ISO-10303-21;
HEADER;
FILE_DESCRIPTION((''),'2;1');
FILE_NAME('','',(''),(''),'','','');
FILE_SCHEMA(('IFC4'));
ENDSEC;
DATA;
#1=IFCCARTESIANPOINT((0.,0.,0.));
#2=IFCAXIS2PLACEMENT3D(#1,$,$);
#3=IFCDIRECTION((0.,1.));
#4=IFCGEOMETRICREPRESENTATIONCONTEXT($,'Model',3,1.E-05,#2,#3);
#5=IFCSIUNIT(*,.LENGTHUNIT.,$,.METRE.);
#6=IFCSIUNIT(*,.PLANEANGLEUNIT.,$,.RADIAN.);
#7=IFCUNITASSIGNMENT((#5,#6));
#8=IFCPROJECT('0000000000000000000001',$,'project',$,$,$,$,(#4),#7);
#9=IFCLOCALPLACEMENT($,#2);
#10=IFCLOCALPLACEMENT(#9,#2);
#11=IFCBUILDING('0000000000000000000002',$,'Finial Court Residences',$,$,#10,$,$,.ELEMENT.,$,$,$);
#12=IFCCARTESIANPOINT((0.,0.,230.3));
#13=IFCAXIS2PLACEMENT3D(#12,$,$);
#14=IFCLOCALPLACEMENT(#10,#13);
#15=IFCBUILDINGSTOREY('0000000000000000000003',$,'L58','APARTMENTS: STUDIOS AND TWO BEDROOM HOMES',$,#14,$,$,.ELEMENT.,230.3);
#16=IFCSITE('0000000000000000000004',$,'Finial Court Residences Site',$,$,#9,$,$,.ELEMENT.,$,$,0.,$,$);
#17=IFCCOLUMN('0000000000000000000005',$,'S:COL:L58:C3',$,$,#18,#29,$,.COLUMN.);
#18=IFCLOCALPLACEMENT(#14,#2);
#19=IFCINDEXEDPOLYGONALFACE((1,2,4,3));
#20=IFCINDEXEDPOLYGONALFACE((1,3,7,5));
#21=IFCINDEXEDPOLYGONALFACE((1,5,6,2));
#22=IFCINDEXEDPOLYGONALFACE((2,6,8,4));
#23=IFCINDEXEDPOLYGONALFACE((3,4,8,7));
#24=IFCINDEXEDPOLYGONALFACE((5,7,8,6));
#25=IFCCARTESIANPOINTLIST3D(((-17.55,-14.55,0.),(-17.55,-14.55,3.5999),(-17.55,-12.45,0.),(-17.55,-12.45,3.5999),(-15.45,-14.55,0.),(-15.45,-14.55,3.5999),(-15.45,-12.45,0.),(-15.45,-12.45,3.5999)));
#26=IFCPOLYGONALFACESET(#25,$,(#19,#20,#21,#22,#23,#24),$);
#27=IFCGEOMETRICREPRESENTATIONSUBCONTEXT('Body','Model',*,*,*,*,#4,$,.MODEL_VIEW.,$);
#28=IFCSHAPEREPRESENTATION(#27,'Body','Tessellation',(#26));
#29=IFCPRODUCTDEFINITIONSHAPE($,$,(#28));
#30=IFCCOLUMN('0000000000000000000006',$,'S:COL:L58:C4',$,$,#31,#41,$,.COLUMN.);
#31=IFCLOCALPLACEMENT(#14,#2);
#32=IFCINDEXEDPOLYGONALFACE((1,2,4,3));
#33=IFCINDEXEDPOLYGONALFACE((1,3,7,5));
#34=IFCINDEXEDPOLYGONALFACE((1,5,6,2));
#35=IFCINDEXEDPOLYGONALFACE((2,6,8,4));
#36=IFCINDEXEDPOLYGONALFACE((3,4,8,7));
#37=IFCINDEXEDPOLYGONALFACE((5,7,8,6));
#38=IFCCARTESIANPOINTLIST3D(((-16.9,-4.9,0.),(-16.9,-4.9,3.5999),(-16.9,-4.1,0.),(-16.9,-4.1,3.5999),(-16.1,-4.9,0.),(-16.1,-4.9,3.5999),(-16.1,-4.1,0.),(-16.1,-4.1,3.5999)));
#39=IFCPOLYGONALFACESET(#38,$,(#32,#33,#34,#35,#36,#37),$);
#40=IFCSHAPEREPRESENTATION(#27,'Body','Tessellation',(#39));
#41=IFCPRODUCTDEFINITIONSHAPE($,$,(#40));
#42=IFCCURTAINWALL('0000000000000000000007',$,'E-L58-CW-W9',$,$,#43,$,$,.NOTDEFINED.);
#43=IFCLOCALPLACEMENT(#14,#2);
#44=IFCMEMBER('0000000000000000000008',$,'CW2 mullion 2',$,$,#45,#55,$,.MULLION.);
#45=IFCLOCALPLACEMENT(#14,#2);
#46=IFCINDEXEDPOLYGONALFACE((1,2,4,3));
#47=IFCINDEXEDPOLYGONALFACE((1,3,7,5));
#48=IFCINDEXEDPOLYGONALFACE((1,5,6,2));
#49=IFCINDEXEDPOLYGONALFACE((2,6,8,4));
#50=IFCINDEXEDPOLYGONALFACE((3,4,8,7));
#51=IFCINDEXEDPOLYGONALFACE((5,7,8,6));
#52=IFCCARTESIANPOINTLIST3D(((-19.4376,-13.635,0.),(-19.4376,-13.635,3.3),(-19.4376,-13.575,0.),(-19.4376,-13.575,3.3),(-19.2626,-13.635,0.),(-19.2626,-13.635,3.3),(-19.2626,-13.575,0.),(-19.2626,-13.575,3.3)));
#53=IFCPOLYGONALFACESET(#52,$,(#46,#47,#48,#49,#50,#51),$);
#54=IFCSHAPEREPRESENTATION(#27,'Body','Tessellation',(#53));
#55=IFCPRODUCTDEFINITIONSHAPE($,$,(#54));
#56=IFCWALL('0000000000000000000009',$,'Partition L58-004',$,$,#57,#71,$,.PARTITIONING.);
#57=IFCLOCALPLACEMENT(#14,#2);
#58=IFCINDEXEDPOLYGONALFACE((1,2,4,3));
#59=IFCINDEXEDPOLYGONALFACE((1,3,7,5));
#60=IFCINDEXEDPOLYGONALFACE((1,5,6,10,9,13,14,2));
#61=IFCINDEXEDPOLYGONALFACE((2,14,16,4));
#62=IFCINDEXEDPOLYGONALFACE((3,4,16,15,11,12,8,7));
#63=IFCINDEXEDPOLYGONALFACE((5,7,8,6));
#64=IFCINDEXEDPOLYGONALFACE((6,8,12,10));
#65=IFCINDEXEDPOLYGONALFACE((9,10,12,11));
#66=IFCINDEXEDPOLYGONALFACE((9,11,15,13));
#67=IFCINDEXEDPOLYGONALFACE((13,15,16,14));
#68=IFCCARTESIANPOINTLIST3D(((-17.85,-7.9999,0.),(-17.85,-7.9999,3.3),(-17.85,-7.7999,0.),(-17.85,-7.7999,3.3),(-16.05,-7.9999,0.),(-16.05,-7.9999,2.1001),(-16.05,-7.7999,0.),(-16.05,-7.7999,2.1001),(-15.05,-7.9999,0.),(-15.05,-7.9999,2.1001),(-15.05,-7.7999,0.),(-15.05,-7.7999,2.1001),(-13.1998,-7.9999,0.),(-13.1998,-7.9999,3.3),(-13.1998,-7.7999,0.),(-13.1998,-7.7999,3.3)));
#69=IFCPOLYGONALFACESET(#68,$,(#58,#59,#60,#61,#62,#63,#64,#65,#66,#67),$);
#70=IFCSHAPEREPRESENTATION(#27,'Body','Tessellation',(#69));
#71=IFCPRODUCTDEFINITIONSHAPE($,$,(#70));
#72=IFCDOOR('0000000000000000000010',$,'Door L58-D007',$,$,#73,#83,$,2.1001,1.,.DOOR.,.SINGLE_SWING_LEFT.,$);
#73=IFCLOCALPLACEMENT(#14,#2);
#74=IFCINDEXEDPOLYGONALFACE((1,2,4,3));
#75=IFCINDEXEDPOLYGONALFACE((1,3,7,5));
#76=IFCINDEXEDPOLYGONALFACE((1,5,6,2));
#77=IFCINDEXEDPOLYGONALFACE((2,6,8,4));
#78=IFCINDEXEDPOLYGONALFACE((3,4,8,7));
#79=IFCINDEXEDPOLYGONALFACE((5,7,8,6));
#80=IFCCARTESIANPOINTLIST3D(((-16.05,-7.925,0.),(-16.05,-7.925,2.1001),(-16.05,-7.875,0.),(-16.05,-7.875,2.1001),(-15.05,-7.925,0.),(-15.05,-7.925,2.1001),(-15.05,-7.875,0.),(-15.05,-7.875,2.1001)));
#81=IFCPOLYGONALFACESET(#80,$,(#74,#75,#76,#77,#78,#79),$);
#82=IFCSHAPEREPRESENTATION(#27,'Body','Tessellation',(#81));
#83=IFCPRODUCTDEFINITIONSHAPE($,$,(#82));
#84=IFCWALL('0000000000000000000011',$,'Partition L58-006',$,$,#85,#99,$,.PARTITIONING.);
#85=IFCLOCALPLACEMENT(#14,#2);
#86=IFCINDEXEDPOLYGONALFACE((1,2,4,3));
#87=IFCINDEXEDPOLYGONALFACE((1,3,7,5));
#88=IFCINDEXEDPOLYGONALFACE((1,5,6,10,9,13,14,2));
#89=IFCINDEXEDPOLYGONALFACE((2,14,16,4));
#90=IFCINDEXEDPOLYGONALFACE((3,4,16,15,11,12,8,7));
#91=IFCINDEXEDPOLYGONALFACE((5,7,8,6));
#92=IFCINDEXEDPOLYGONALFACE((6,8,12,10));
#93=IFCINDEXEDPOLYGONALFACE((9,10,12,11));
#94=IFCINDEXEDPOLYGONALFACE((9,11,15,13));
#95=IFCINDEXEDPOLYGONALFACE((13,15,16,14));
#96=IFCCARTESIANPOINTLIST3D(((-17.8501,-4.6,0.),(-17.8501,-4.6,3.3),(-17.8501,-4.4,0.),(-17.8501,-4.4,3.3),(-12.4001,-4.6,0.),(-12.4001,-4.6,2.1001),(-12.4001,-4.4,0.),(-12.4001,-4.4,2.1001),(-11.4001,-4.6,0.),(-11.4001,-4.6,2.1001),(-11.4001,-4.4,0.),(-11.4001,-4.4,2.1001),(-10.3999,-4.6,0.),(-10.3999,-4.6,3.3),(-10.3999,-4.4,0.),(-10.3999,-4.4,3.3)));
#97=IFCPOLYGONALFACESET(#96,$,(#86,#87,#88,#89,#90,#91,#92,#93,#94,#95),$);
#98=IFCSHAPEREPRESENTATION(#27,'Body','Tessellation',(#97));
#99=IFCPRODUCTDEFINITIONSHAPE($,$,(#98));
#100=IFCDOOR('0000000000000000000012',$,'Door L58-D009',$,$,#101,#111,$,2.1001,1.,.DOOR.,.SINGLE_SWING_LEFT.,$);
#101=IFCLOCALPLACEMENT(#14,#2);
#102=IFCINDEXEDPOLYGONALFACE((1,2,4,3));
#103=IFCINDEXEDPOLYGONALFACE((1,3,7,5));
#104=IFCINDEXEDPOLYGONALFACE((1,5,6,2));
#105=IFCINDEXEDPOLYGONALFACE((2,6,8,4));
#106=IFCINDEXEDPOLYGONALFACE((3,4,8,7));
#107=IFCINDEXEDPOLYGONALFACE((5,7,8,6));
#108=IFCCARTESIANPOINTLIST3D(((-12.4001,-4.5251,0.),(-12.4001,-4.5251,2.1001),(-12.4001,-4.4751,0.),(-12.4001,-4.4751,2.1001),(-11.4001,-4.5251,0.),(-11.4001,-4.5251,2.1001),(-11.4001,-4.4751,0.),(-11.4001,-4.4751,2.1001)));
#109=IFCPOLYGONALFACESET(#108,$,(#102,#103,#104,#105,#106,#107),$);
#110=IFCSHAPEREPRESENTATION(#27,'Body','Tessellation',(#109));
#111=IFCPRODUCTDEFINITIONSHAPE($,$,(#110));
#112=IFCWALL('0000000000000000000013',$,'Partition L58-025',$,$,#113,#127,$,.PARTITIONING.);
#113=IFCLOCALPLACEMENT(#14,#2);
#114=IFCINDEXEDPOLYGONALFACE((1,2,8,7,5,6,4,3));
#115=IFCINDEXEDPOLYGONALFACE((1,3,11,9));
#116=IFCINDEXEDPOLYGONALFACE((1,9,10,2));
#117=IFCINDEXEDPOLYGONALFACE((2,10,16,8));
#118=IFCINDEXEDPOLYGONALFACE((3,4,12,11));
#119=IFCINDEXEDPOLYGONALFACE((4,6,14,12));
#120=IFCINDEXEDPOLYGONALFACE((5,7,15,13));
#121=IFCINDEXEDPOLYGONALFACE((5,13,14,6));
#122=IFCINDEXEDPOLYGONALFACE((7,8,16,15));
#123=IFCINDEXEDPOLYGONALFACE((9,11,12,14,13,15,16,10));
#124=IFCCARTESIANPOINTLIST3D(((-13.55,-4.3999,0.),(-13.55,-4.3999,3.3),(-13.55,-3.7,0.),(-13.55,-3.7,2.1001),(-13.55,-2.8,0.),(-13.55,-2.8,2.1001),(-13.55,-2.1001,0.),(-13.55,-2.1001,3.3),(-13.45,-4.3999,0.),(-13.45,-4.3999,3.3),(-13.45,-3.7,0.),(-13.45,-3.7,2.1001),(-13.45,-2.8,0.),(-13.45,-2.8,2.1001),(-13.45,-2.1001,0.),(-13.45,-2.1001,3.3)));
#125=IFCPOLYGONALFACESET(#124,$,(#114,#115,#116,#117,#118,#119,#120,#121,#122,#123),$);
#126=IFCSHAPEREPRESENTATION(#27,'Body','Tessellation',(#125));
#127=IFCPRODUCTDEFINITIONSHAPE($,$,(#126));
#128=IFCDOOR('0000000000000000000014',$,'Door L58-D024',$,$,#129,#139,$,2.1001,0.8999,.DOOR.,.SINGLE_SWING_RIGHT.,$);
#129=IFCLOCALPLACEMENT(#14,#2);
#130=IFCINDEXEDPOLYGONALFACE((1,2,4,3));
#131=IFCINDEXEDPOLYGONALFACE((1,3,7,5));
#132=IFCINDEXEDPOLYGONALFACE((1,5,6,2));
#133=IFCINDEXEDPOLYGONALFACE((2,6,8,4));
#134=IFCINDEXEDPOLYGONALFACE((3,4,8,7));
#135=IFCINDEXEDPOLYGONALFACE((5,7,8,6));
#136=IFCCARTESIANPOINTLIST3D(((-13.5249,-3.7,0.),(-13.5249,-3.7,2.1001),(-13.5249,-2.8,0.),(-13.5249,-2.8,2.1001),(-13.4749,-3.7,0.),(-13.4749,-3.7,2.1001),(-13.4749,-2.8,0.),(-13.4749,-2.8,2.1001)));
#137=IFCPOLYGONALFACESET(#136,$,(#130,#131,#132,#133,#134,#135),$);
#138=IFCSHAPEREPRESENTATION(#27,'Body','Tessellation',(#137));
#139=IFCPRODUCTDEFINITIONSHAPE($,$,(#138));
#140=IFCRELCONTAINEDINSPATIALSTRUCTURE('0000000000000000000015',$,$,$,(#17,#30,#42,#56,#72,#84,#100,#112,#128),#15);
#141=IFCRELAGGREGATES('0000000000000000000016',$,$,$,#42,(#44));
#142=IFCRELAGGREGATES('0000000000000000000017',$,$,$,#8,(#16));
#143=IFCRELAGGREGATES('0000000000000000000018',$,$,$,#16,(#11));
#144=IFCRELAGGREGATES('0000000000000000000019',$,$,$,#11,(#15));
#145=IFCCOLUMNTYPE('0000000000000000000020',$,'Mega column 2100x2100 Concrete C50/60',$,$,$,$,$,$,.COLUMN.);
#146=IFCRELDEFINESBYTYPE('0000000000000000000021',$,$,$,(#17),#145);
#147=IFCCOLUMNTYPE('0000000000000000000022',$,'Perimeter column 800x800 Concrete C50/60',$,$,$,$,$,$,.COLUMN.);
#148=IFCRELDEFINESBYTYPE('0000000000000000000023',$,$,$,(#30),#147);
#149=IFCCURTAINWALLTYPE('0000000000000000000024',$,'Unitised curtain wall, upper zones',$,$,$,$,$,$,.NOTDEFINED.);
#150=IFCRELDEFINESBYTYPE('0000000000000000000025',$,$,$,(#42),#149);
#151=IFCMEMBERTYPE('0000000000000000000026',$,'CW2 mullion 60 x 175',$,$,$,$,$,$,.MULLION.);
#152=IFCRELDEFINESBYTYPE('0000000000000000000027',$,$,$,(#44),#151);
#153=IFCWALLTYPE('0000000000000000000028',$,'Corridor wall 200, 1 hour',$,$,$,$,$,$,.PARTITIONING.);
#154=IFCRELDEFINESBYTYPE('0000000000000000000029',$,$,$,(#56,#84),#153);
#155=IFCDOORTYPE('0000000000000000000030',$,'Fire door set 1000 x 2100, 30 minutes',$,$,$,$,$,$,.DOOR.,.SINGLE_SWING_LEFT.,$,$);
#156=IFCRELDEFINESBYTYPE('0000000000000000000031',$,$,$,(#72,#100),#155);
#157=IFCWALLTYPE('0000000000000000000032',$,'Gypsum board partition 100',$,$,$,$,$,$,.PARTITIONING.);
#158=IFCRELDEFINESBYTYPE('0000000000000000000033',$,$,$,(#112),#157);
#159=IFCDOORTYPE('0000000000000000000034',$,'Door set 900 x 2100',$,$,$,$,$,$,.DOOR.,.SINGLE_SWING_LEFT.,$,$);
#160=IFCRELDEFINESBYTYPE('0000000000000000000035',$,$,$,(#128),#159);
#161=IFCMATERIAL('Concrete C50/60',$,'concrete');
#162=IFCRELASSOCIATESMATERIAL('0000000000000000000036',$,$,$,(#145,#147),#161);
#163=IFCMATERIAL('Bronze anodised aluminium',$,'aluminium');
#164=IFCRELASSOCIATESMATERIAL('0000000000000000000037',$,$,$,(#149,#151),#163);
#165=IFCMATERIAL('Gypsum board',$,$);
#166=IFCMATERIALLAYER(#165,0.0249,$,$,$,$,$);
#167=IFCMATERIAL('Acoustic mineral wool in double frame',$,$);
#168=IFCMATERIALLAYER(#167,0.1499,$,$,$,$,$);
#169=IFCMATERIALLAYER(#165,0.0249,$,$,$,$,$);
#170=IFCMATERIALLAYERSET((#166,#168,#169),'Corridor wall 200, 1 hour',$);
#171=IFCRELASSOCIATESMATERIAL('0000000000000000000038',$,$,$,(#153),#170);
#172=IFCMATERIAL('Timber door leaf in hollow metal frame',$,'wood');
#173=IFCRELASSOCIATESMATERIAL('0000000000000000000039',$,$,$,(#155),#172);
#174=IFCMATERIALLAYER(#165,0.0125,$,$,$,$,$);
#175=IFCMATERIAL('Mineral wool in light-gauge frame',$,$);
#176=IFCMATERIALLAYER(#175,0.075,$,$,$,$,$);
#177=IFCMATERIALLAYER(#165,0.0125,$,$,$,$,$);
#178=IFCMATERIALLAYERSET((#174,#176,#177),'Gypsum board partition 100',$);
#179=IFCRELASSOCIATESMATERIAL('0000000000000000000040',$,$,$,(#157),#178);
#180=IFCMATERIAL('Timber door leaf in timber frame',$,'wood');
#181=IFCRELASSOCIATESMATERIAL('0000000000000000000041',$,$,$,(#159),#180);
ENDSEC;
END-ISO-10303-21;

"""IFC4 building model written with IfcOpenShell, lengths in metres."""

from ifc_helpers import new_model, si_unit, direction, frame, frame_2d, origin, origin_2d, place, context, subcontext, project, spatial, rectangle, extrude, material, layer, layer_set, material_profile, profile_set, type_object, element, fill, aggregate, save


model = new_model("IFC4")

# Units and contexts
model_context = context("Model", 3, precision=1e-05, world=origin(), true_north=direction((0.0, 1.0)))
body_context = subcontext(model_context, "Body", "Model", "MODEL_VIEW")
ifc_project = project(units=[si_unit("LENGTHUNIT", "METRE"), si_unit("PLANEANGLEUNIT", "RADIAN")], contexts=[model_context])

# Site, building, storey
site_placement = place(None, origin())
site = spatial("IfcSite", under=ifc_project, at=site_placement, Name="Finial Court Residences Site", CompositionType="ELEMENT", RefElevation=0.0)
building_placement = place(site_placement, origin())
building = spatial("IfcBuilding", under=site, at=building_placement, Name="Finial Court Residences", CompositionType="ELEMENT")
storey_placement = place(building_placement, frame((0.0, 0.0, 230.3)))
storey = spatial("IfcBuildingStorey", under=building, at=storey_placement, Name="L58", Description="APARTMENTS: STUDIOS AND TWO BEDROOM HOMES", CompositionType="ELEMENT", Elevation=230.3)

# Columns
ifc_material_1 = material(Name="Concrete C50/60", Category="concrete")
ifc_material_profile_1 = material_profile(ifc_material_1, rectangle(XDim=2.1001, YDim=2.1001, at=origin_2d()), Name="2100x2100")
ifc_profile_set_1 = profile_set([ifc_material_profile_1], Name="Concrete C50/60")
column_type_1 = type_object("IfcColumnType", Name="Mega column 2100x2100 Concrete C50/60", PredefinedType="COLUMN", material=ifc_profile_set_1)
column_1_placement = place(storey_placement, frame((-16.5, -13.5, 0.0), z_axis=(0.0, 0.0, 1.0), x_axis=(1.0, 0.0, 0.0)))
element("IfcColumn", 1, at=column_1_placement, inside=storey, type_object=column_type_1, Name="S:COL:L58:C3", PredefinedType="COLUMN", context=body_context, shape_type="SweptSolid", body=[
    extrude(rectangle(XDim=2.1001, YDim=2.1001, at=origin_2d()), origin(), (0.0, 0.0, 1.0), 3.5999),
])
ifc_material_profile_2 = material_profile(ifc_material_1, rectangle(XDim=0.8, YDim=0.8, at=origin_2d()), Name="800x800")
ifc_profile_set_2 = profile_set([ifc_material_profile_2], Name="Concrete C50/60")
column_type_2 = type_object("IfcColumnType", Name="Perimeter column 800x800 Concrete C50/60", PredefinedType="COLUMN", material=ifc_profile_set_2)
column_2_placement = place(storey_placement, frame((-16.5, -4.5, 0.0), z_axis=(0.0, 0.0, 1.0), x_axis=(1.0, 0.0, 0.0)))
element("IfcColumn", 2, at=column_2_placement, inside=storey, type_object=column_type_2, Name="S:COL:L58:C4", PredefinedType="COLUMN", context=body_context, shape_type="SweptSolid", body=[
    extrude(rectangle(XDim=0.8, YDim=0.8, at=origin_2d()), origin(), (0.0, 0.0, 1.0), 3.5999),
])

# Curtain wall, member
ifc_material_2 = material(Name="Bronze anodised aluminium", Category="aluminium")
curtain_wall_type = type_object("IfcCurtainWallType", Name="Unitised curtain wall, upper zones", PredefinedType="NOTDEFINED", material=ifc_material_2)
curtain_wall_placement = place(storey_placement, origin())
curtain_wall = element("IfcCurtainWall", 3, at=curtain_wall_placement, inside=storey, type_object=curtain_wall_type, Name="E-L58-CW-W9", PredefinedType="NOTDEFINED")
ifc_material_profile_3 = material_profile(ifc_material_2, rectangle(XDim=0.175, YDim=0.0601, at=origin_2d()), Name="CW2 mullion 60 x 175")
ifc_profile_set_3 = profile_set([ifc_material_profile_3], Name="Bronze anodised aluminium")
member_type = type_object("IfcMemberType", Name="CW2 mullion 60 x 175", PredefinedType="MULLION", material=ifc_profile_set_3)
member_placement = place(storey_placement, frame((-19.3501, -13.605, 0.0), z_axis=(0.0, 0.0, 1.0), x_axis=(-1.0, 0.0, 0.0)))
member = element("IfcMember", 4, at=member_placement, type_object=member_type, Name="CW2 mullion 2", PredefinedType="MULLION", context=body_context, shape_type="SweptSolid", body=[
    extrude(rectangle(XDim=0.175, YDim=0.0601, at=origin_2d()), origin(), (0.0, 0.0, 1.0), 3.3),
])
aggregate(curtain_wall, [member])

# Walls, openings, doors
ifc_material_3 = material(Name="Gypsum board")
ifc_layer_1 = layer(ifc_material_3, 0.0249)
ifc_material_4 = material(Name="Acoustic mineral wool in double frame")
ifc_layer_2 = layer(ifc_material_4, 0.1499)
ifc_layer_3 = layer(ifc_material_3, 0.0249)
ifc_layer_set_1 = layer_set([ifc_layer_1, ifc_layer_2, ifc_layer_3], Name="Corridor wall 200, 1 hour")
wall_type_1 = type_object("IfcWallType", Name="Corridor wall 200, 1 hour", PredefinedType="PARTITIONING", material=ifc_layer_set_1)
wall_1_placement = place(storey_placement, frame((-17.8501, -7.8999, 0.0), z_axis=(0.0, 0.0, 1.0), x_axis=(1.0, 0.0, 0.0)))
wall_1 = element("IfcWall", 5, at=wall_1_placement, inside=storey, type_object=wall_type_1, Name="Partition L58-004", PredefinedType="PARTITIONING", context=body_context, shape_type="SweptSolid", body=[
    extrude(rectangle(XDim=4.6501, YDim=0.2, at=frame_2d((2.3252, 0.0))), origin(), (0.0, 0.0, 1.0), 3.3),
])
opening_1_placement = place(wall_1_placement, frame((1.8, 0.0, 0.0)))
opening_1 = element("IfcOpeningElement", 6, at=opening_1_placement, cuts=wall_1, PredefinedType="OPENING", context=body_context, shape_type="SweptSolid", body=[
    extrude(rectangle(XDim=1.0, YDim=2.1001, at=frame_2d((0.5, 1.05))), frame((0.0, 0.1099, 0.0), z_axis=(0.0, -1.0, 0.0), x_axis=(1.0, 0.0, 0.0)), (0.0, 0.0, 1.0), 0.22),
])
ifc_material_5 = material(Name="Timber door leaf in hollow metal frame", Category="wood")
door_type_1 = type_object("IfcDoorType", Name="Fire door set 1000 x 2100, 30 minutes", OperationType="SINGLE_SWING_LEFT", PredefinedType="DOOR", material=ifc_material_5)
door_1_placement = place(opening_1_placement, origin())
door_1 = element("IfcDoor", 7, at=door_1_placement, inside=storey, type_object=door_type_1, Name="Door L58-D007", OperationType="SINGLE_SWING_LEFT", OverallHeight=2.1001, OverallWidth=1.0, PredefinedType="DOOR", context=body_context, shape_type="SweptSolid", body=[
    extrude(rectangle(XDim=1.0, YDim=2.1001, at=frame_2d((0.5, 1.05))), frame((0.0, 0.0249, 0.0), z_axis=(0.0, -1.0, 0.0), x_axis=(1.0, 0.0, 0.0)), (0.0, 0.0, 1.0), 0.05),
])
fill(opening_1, door_1)
wall_2_placement = place(storey_placement, frame((-17.8501, -4.5, 0.0), z_axis=(0.0, 0.0, 1.0), x_axis=(1.0, 0.0, 0.0)))
wall_2 = element("IfcWall", 8, at=wall_2_placement, inside=storey, type_object=wall_type_1, Name="Partition L58-006", PredefinedType="PARTITIONING", context=body_context, shape_type="SweptSolid", body=[
    extrude(rectangle(XDim=7.4502, YDim=0.2, at=frame_2d((3.7251, 0.0))), origin(), (0.0, 0.0, 1.0), 3.3),
])
opening_2_placement = place(wall_2_placement, frame((5.45, 0.0, 0.0)))
opening_2 = element("IfcOpeningElement", 9, at=opening_2_placement, cuts=wall_2, PredefinedType="OPENING", context=body_context, shape_type="SweptSolid", body=[
    extrude(rectangle(XDim=1.0, YDim=2.1001, at=frame_2d((0.5, 1.05))), frame((0.0, 0.1099, 0.0), z_axis=(0.0, -1.0, 0.0), x_axis=(1.0, 0.0, 0.0)), (0.0, 0.0, 1.0), 0.22),
])
door_2_placement = place(opening_2_placement, origin())
door_2 = element("IfcDoor", 10, at=door_2_placement, inside=storey, type_object=door_type_1, Name="Door L58-D009", OperationType="SINGLE_SWING_LEFT", OverallHeight=2.1001, OverallWidth=1.0, PredefinedType="DOOR", context=body_context, shape_type="SweptSolid", body=[
    extrude(rectangle(XDim=1.0, YDim=2.1001, at=frame_2d((0.5, 1.05))), frame((0.0, 0.0249, 0.0), z_axis=(0.0, -1.0, 0.0), x_axis=(1.0, 0.0, 0.0)), (0.0, 0.0, 1.0), 0.05),
])
fill(opening_2, door_2)
ifc_layer_4 = layer(ifc_material_3, 0.0125)
ifc_material_6 = material(Name="Mineral wool in light-gauge frame")
ifc_layer_5 = layer(ifc_material_6, 0.075)
ifc_layer_6 = layer(ifc_material_3, 0.0125)
ifc_layer_set_2 = layer_set([ifc_layer_4, ifc_layer_5, ifc_layer_6], Name="Gypsum board partition 100")
wall_type_2 = type_object("IfcWallType", Name="Gypsum board partition 100", PredefinedType="PARTITIONING", material=ifc_layer_set_2)
wall_3_placement = place(storey_placement, frame((-13.5, -4.3999, 0.0), z_axis=(0.0, 0.0, 1.0), x_axis=(0.0, 1.0, 0.0)))
wall_3 = element("IfcWall", 11, at=wall_3_placement, inside=storey, type_object=wall_type_2, Name="Partition L58-025", PredefinedType="PARTITIONING", context=body_context, shape_type="SweptSolid", body=[
    extrude(rectangle(XDim=2.2998, YDim=0.1001, at=frame_2d((1.1499, 0.0))), origin(), (0.0, 0.0, 1.0), 3.3),
])
opening_3_placement = place(wall_3_placement, frame((0.7, 0.0, 0.0)))
opening_3 = element("IfcOpeningElement", 12, at=opening_3_placement, cuts=wall_3, PredefinedType="OPENING", context=body_context, shape_type="SweptSolid", body=[
    extrude(rectangle(XDim=0.8999, YDim=2.1001, at=frame_2d((0.45, 1.05))), frame((0.0, 0.0601, 0.0), z_axis=(0.0, -1.0, 0.0), x_axis=(1.0, 0.0, 0.0)), (0.0, 0.0, 1.0), 0.1201),
])
ifc_material_7 = material(Name="Timber door leaf in timber frame", Category="wood")
door_type_2 = type_object("IfcDoorType", Name="Door set 900 x 2100", OperationType="SINGLE_SWING_LEFT", PredefinedType="DOOR", material=ifc_material_7)
door_3_placement = place(opening_3_placement, origin())
door_3 = element("IfcDoor", 13, at=door_3_placement, inside=storey, type_object=door_type_2, Name="Door L58-D024", OperationType="SINGLE_SWING_RIGHT", OverallHeight=2.1001, OverallWidth=0.8999, PredefinedType="DOOR", context=body_context, shape_type="SweptSolid", body=[
    extrude(rectangle(XDim=0.8999, YDim=2.1001, at=frame_2d((0.45, 1.05))), frame((0.0, 0.0249, 0.0), z_axis=(0.0, -1.0, 0.0), x_axis=(1.0, 0.0, 0.0)), (0.0, 0.0, 1.0), 0.05),
])
fill(opening_3, door_3)

save(model, "model.ifc")
